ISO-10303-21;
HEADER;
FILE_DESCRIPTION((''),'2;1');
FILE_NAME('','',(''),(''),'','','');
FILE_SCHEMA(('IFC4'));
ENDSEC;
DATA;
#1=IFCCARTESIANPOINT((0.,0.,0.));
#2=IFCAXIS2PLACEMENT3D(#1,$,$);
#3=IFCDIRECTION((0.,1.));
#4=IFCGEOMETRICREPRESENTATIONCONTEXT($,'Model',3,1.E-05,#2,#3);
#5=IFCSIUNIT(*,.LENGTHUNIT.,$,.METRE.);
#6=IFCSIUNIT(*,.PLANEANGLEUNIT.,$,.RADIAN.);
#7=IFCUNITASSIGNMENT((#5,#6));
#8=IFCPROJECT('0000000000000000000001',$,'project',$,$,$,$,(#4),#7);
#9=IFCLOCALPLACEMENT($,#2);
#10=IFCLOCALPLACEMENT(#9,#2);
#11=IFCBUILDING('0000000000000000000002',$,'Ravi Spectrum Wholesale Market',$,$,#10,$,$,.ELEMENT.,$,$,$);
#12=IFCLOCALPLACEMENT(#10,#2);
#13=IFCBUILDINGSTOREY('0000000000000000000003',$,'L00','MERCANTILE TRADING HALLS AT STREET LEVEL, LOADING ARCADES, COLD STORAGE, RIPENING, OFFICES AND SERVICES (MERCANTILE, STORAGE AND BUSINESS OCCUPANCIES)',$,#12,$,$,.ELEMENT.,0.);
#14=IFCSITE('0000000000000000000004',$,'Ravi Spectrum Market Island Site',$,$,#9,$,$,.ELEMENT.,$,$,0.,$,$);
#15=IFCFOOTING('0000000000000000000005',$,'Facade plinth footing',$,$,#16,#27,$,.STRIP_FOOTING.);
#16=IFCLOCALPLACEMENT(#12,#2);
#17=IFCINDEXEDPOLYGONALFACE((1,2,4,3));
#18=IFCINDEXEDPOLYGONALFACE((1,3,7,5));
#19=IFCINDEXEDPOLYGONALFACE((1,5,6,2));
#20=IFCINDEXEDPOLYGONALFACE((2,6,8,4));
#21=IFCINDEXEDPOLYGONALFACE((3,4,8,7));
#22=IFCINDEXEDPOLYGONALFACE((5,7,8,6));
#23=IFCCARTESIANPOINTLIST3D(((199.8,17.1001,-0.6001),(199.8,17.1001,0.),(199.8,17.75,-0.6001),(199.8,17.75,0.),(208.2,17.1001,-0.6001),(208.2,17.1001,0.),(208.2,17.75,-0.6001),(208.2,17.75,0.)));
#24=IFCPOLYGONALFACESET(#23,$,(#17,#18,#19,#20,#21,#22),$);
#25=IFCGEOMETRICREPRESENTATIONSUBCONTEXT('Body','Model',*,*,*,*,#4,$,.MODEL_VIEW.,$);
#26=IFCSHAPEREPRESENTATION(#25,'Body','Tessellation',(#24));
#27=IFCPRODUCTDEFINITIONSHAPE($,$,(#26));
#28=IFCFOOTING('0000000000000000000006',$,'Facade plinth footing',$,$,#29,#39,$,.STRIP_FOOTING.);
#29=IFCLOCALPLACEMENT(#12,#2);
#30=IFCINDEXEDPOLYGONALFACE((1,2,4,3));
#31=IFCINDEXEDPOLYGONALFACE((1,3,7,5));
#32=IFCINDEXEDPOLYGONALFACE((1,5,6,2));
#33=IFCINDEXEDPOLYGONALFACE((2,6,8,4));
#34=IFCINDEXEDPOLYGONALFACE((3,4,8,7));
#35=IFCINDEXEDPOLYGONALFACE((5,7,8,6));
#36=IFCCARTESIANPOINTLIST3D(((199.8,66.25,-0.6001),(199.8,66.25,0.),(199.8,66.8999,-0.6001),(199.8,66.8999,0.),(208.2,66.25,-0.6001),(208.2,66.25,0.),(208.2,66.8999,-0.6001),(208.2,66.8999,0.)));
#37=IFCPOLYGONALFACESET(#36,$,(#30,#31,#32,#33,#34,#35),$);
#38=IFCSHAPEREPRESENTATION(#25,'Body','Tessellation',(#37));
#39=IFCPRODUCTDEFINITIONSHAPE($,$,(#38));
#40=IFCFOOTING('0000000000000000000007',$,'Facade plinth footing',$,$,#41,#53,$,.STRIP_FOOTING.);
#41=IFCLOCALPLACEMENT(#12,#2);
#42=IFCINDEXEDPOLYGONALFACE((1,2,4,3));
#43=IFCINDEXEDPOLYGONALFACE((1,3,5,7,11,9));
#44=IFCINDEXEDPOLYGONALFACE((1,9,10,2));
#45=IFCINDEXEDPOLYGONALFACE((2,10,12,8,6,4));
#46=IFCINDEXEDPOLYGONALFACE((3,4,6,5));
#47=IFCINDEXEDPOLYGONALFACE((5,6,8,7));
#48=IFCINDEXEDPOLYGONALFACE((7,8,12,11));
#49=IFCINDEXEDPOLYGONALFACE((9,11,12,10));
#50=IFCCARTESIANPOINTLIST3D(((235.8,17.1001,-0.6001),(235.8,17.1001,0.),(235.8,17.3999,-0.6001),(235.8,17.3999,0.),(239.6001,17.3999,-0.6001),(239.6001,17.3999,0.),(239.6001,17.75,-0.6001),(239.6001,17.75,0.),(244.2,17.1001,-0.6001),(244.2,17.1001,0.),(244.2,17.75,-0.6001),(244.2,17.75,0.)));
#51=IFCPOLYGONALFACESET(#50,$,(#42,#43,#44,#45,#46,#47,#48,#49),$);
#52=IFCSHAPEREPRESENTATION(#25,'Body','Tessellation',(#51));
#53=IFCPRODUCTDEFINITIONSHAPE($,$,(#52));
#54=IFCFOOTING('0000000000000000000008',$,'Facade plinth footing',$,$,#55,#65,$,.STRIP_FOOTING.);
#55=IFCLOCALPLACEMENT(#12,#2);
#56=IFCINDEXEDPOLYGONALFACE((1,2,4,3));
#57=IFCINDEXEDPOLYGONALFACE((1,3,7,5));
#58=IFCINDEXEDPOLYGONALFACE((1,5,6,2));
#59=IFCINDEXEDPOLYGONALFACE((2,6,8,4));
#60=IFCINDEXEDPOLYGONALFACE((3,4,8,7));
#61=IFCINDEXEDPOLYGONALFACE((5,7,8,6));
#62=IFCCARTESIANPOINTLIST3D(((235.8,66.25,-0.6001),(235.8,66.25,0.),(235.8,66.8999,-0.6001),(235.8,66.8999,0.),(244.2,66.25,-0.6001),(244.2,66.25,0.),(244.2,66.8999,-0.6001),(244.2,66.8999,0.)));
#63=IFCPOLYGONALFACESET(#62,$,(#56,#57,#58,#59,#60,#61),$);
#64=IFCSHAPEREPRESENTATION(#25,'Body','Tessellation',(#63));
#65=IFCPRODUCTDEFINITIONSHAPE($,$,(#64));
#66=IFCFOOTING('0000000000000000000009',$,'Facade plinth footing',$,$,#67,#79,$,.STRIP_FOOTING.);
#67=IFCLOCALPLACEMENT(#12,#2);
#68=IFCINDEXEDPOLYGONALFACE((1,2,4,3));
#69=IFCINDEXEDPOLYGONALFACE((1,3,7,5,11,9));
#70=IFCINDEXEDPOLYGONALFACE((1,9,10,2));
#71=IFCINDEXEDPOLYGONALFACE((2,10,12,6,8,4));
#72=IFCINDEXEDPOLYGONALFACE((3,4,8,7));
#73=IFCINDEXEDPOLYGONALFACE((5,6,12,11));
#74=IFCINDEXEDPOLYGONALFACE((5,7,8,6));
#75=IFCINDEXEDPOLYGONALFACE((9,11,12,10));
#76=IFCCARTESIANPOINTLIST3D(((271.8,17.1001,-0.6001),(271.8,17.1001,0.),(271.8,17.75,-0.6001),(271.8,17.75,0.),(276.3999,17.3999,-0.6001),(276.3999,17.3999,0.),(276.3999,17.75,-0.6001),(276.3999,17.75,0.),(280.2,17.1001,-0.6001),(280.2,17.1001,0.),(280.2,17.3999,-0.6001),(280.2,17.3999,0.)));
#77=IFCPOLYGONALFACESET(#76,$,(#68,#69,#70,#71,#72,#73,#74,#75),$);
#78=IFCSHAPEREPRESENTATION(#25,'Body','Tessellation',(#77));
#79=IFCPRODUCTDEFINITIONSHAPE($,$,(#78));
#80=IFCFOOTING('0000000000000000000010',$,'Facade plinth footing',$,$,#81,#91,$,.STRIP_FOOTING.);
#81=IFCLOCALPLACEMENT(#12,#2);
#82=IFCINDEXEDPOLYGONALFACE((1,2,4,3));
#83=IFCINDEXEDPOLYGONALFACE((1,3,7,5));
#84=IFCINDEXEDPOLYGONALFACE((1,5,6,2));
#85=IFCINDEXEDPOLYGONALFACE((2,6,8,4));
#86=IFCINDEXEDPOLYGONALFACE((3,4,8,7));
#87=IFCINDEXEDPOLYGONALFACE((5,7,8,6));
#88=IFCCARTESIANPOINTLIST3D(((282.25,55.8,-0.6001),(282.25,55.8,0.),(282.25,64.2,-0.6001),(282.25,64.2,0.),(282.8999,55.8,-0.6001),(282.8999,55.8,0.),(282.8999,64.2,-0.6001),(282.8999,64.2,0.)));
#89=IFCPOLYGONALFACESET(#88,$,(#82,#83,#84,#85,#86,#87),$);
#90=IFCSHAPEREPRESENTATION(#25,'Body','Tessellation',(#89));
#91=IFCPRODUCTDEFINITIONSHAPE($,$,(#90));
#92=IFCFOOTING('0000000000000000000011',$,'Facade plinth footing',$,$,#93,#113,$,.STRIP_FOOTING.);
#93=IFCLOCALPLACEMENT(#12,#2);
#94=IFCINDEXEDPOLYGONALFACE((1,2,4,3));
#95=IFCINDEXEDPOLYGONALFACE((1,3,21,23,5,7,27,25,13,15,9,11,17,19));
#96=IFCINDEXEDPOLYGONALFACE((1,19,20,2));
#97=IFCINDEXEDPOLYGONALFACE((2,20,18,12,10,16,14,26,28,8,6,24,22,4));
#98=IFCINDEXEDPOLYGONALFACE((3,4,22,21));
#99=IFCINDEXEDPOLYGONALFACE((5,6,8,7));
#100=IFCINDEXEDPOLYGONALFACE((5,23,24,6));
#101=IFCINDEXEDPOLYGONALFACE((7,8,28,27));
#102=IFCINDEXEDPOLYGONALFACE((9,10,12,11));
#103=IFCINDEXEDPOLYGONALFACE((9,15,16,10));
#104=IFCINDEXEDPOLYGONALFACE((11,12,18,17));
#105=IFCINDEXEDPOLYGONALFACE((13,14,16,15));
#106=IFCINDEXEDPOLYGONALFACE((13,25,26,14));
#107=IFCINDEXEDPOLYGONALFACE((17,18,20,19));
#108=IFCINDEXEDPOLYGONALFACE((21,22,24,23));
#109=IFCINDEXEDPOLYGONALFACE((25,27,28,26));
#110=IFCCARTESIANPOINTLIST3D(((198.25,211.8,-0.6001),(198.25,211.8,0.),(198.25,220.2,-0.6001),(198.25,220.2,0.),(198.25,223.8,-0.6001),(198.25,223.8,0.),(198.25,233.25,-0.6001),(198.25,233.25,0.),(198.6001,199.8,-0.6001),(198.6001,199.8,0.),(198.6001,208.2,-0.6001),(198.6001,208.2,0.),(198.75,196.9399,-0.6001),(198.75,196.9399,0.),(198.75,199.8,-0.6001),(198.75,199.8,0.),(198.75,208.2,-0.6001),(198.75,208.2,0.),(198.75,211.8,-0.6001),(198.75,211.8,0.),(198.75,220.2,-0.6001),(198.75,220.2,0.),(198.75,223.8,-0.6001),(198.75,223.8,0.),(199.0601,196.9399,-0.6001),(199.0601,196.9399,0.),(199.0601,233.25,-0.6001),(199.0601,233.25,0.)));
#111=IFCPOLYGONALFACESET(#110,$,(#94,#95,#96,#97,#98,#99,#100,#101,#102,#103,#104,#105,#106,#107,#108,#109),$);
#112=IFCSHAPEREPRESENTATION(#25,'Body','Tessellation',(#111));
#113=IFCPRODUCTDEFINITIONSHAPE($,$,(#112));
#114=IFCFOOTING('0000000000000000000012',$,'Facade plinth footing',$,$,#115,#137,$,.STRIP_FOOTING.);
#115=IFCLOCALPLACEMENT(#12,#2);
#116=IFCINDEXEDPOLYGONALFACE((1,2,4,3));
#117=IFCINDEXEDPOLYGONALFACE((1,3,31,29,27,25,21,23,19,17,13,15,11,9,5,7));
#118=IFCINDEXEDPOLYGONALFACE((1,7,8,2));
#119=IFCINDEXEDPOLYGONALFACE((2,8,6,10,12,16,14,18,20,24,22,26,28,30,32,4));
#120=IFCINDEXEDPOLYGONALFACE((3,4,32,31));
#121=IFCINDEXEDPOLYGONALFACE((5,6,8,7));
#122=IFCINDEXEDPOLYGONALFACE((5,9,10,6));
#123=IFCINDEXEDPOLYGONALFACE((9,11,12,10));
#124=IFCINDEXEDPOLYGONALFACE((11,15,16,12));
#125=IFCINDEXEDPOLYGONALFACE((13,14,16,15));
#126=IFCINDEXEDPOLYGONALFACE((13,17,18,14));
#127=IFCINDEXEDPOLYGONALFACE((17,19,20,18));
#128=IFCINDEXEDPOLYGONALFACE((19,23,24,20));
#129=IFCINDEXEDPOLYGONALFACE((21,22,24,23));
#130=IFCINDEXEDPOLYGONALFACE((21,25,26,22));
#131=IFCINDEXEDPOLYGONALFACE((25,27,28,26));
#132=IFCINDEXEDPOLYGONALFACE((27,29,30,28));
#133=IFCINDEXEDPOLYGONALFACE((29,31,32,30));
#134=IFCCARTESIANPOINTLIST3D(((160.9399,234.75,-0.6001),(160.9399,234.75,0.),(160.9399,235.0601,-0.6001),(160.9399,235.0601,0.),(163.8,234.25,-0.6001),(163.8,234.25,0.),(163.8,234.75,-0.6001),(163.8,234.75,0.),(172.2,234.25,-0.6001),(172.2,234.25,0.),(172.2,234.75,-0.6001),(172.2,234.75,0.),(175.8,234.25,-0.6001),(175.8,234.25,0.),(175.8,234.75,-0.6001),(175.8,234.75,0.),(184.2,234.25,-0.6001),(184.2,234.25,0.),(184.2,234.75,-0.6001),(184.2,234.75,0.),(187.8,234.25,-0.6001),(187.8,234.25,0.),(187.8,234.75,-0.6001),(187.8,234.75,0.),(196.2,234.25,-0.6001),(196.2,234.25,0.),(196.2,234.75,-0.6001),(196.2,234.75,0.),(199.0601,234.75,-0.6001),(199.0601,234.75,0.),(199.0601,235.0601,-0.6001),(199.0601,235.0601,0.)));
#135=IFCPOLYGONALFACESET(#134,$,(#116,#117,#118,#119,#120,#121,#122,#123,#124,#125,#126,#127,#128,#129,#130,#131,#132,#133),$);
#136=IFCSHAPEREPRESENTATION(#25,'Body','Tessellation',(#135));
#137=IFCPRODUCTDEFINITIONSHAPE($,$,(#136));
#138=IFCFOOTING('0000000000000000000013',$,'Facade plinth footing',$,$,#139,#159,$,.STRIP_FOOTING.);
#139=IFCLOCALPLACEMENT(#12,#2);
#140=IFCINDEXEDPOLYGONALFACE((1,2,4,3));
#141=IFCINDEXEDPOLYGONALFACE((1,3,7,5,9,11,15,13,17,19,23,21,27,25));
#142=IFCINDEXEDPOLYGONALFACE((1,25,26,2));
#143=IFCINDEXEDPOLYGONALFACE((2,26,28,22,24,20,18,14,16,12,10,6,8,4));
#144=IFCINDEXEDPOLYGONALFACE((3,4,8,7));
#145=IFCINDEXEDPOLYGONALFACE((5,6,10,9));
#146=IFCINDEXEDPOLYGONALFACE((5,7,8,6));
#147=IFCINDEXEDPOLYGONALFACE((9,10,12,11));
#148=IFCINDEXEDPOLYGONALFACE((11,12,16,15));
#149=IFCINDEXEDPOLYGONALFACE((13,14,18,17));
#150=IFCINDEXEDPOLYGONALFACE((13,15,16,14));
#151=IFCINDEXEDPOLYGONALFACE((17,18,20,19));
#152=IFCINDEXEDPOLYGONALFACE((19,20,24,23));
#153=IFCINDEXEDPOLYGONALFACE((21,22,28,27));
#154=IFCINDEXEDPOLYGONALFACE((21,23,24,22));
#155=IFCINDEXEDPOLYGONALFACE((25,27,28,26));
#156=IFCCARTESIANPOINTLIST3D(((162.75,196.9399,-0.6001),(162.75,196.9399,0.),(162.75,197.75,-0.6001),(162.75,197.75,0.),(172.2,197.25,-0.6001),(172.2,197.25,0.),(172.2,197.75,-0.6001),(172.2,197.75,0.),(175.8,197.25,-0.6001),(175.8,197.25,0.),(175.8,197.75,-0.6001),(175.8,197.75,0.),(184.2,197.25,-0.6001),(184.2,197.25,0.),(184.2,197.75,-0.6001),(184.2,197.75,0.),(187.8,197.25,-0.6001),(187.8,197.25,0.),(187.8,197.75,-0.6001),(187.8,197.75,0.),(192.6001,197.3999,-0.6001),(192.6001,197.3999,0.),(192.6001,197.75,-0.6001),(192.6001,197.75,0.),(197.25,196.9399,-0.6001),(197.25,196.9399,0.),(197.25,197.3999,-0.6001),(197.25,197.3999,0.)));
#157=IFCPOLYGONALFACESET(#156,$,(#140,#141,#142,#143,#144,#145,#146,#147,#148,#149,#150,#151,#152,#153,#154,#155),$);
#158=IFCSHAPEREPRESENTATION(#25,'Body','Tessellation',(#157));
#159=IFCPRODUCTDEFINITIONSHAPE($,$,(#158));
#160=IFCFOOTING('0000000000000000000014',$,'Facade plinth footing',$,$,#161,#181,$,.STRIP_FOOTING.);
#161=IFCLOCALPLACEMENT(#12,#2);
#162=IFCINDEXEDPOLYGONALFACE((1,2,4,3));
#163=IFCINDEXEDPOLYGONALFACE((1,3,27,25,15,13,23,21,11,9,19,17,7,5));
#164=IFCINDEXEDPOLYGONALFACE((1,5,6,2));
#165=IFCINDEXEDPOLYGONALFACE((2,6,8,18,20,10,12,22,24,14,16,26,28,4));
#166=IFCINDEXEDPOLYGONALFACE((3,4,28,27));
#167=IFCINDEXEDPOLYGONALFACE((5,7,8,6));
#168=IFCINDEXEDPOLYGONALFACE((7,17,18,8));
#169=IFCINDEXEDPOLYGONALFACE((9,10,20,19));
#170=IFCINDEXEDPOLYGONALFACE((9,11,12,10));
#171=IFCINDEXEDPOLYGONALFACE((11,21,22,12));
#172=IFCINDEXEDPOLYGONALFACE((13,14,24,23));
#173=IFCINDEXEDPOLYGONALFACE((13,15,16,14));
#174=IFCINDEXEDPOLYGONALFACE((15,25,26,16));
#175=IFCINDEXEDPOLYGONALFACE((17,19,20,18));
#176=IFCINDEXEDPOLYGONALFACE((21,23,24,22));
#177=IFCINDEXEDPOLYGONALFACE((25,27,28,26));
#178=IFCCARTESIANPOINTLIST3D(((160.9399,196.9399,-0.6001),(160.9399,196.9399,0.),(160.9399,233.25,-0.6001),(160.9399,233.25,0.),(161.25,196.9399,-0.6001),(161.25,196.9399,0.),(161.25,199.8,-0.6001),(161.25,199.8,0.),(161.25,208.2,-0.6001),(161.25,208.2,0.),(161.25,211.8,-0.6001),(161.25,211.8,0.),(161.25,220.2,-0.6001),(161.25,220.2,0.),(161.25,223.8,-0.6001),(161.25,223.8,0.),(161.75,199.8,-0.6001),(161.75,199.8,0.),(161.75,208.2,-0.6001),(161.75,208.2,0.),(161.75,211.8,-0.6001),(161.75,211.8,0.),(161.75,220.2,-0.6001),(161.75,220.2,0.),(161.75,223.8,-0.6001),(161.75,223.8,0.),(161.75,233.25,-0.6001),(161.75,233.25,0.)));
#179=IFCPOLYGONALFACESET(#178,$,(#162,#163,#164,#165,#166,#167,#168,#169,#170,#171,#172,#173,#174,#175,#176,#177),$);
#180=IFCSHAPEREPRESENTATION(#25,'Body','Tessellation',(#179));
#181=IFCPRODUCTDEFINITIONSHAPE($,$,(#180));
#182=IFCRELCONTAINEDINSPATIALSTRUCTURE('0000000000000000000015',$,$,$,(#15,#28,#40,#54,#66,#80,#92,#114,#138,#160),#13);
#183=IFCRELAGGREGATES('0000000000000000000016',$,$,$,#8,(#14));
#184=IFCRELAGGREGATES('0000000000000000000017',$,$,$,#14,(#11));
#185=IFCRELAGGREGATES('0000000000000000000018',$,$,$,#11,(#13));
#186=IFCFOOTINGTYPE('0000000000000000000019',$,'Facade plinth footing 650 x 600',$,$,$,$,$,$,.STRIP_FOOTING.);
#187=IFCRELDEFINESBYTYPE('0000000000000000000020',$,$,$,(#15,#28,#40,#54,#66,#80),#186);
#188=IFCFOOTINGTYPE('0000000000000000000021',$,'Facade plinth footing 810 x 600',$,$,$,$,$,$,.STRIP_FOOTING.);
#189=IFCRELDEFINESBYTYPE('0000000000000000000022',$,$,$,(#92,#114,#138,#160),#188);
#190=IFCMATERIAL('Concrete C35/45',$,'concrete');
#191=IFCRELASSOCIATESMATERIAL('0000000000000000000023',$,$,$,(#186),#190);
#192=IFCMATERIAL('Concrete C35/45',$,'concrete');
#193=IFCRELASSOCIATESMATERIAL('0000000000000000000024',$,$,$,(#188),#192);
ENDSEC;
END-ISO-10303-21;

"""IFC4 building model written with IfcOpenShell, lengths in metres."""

from ifc_helpers import new_model, si_unit, direction, frame, origin, place, context, subcontext, project, spatial, polyline, outline, extrude, material, type_object, element, save


model = new_model("IFC4")

# Units and contexts
model_context = context("Model", 3, precision=1e-05, world=origin(), true_north=direction((0.0, 1.0)))
body_context = subcontext(model_context, "Body", "Model", "MODEL_VIEW")
ifc_project = project(units=[si_unit("LENGTHUNIT", "METRE"), si_unit("PLANEANGLEUNIT", "RADIAN")], contexts=[model_context])

# Site, building, storey
site_placement = place(None, origin())
site = spatial("IfcSite", under=ifc_project, at=site_placement, Name="Ravi Spectrum Market Island Site", CompositionType="ELEMENT", RefElevation=0.0)
building_placement = place(site_placement, origin())
building = spatial("IfcBuilding", under=site, at=building_placement, Name="Ravi Spectrum Wholesale Market", CompositionType="ELEMENT")
storey_placement = place(building_placement, origin())
storey = spatial("IfcBuildingStorey", under=building, at=storey_placement, Name="L00", Description="MERCANTILE TRADING HALLS AT STREET LEVEL, LOADING ARCADES, COLD STORAGE, RIPENING, OFFICES AND SERVICES (MERCANTILE, STORAGE AND BUSINESS OCCUPANCIES)", CompositionType="ELEMENT", Elevation=0.0)

# Footings
ifc_material_1 = material(Name="Concrete C35/45", Category="concrete")
footing_type_1 = type_object("IfcFootingType", Name="Facade plinth footing 650 x 600", PredefinedType="STRIP_FOOTING", material=ifc_material_1)
footing_1_placement = place(storey_placement, frame((0.0, 0.0, -0.6001)))
element("IfcFooting", 1, at=footing_1_placement, inside=storey, type_object=footing_type_1, Name="Facade plinth footing", PredefinedType="STRIP_FOOTING", context=body_context, shape_type="SweptSolid", body=[
    extrude(outline(polyline([(199.8, 17.75), (208.2, 17.75), (208.2, 17.1001), (199.8, 17.1001), (199.8, 17.75)])), origin(), (0.0, 0.0, 1.0), 0.6001),
])
footing_2_placement = place(storey_placement, frame((0.0, 0.0, -0.6001)))
element("IfcFooting", 2, at=footing_2_placement, inside=storey, type_object=footing_type_1, Name="Facade plinth footing", PredefinedType="STRIP_FOOTING", context=body_context, shape_type="SweptSolid", body=[
    extrude(outline(polyline([(199.8, 66.8999), (208.2, 66.8999), (208.2, 66.25), (199.8, 66.25), (199.8, 66.8999)])), origin(), (0.0, 0.0, 1.0), 0.6001),
])
footing_3_placement = place(storey_placement, frame((0.0, 0.0, -0.6001)))
element("IfcFooting", 3, at=footing_3_placement, inside=storey, type_object=footing_type_1, Name="Facade plinth footing", PredefinedType="STRIP_FOOTING", context=body_context, shape_type="SweptSolid", body=[
    extrude(outline(polyline([(239.6001, 17.75), (244.2, 17.75), (244.2, 17.1001), (235.8, 17.1001), (235.8, 17.3999), (239.6001, 17.3999), (239.6001, 17.75)])), origin(), (0.0, 0.0, 1.0), 0.6001),
])
footing_4_placement = place(storey_placement, frame((0.0, 0.0, -0.6001)))
element("IfcFooting", 4, at=footing_4_placement, inside=storey, type_object=footing_type_1, Name="Facade plinth footing", PredefinedType="STRIP_FOOTING", context=body_context, shape_type="SweptSolid", body=[
    extrude(outline(polyline([(244.2, 66.8999), (244.2, 66.25), (235.8, 66.25), (235.8, 66.8999), (244.2, 66.8999)])), origin(), (0.0, 0.0, 1.0), 0.6001),
])
footing_5_placement = place(storey_placement, frame((0.0, 0.0, -0.6001)))
element("IfcFooting", 5, at=footing_5_placement, inside=storey, type_object=footing_type_1, Name="Facade plinth footing", PredefinedType="STRIP_FOOTING", context=body_context, shape_type="SweptSolid", body=[
    extrude(outline(polyline([(271.8, 17.1001), (271.8, 17.75), (276.3999, 17.75), (276.3999, 17.3999), (280.2, 17.3999), (280.2, 17.1001), (271.8, 17.1001)])), origin(), (0.0, 0.0, 1.0), 0.6001),
])
footing_6_placement = place(storey_placement, frame((0.0, 0.0, -0.6001)))
element("IfcFooting", 6, at=footing_6_placement, inside=storey, type_object=footing_type_1, Name="Facade plinth footing", PredefinedType="STRIP_FOOTING", context=body_context, shape_type="SweptSolid", body=[
    extrude(outline(polyline([(282.25, 55.8), (282.25, 64.2), (282.8999, 64.2), (282.8999, 55.8), (282.25, 55.8)])), origin(), (0.0, 0.0, 1.0), 0.6001),
])
ifc_material_2 = material(Name="Concrete C35/45", Category="concrete")
footing_type_2 = type_object("IfcFootingType", Name="Facade plinth footing 810 x 600", PredefinedType="STRIP_FOOTING", material=ifc_material_2)
footing_7_placement = place(storey_placement, frame((0.0, 0.0, -0.6001)))
element("IfcFooting", 7, at=footing_7_placement, inside=storey, type_object=footing_type_2, Name="Facade plinth footing", PredefinedType="STRIP_FOOTING", context=body_context, shape_type="SweptSolid", body=[
    extrude(outline(polyline([(198.75, 223.8), (198.25, 223.8), (198.25, 233.25), (199.0601, 233.25), (199.0601, 196.9399), (198.75, 196.9399), (198.75, 199.8), (198.6001, 199.8), (198.6001, 208.2), (198.75, 208.2), (198.75, 211.8), (198.25, 211.8), (198.25, 220.2), (198.75, 220.2), (198.75, 223.8)])), origin(), (0.0, 0.0, 1.0), 0.6001),
])
footing_8_placement = place(storey_placement, frame((0.0, 0.0, -0.6001)))
element("IfcFooting", 8, at=footing_8_placement, inside=storey, type_object=footing_type_2, Name="Facade plinth footing", PredefinedType="STRIP_FOOTING", context=body_context, shape_type="SweptSolid", body=[
    extrude(outline(polyline([(163.8, 234.25), (163.8, 234.75), (160.9399, 234.75), (160.9399, 235.0601), (199.0601, 235.0601), (199.0601, 234.75), (196.2, 234.75), (196.2, 234.25), (187.8, 234.25), (187.8, 234.75), (184.2, 234.75), (184.2, 234.25), (175.8, 234.25), (175.8, 234.75), (172.2, 234.75), (172.2, 234.25), (163.8, 234.25)])), origin(), (0.0, 0.0, 1.0), 0.6001),
])
footing_9_placement = place(storey_placement, frame((0.0, 0.0, -0.6001)))
element("IfcFooting", 9, at=footing_9_placement, inside=storey, type_object=footing_type_2, Name="Facade plinth footing", PredefinedType="STRIP_FOOTING", context=body_context, shape_type="SweptSolid", body=[
    extrude(outline(polyline([(192.6001, 197.3999), (197.25, 197.3999), (197.25, 196.9399), (162.75, 196.9399), (162.75, 197.75), (172.2, 197.75), (172.2, 197.25), (175.8, 197.25), (175.8, 197.75), (184.2, 197.75), (184.2, 197.25), (187.8, 197.25), (187.8, 197.75), (192.6001, 197.75), (192.6001, 197.3999)])), origin(), (0.0, 0.0, 1.0), 0.6001),
])
footing_10_placement = place(storey_placement, frame((0.0, 0.0, -0.6001)))
element("IfcFooting", 10, at=footing_10_placement, inside=storey, type_object=footing_type_2, Name="Facade plinth footing", PredefinedType="STRIP_FOOTING", context=body_context, shape_type="SweptSolid", body=[
    extrude(outline(polyline([(161.25, 220.2), (161.75, 220.2), (161.75, 211.8), (161.25, 211.8), (161.25, 208.2), (161.75, 208.2), (161.75, 199.8), (161.25, 199.8), (161.25, 196.9399), (160.9399, 196.9399), (160.9399, 233.25), (161.75, 233.25), (161.75, 223.8), (161.25, 223.8), (161.25, 220.2)])), origin(), (0.0, 0.0, 1.0), 0.6001),
])

save(model, "model.ifc")
